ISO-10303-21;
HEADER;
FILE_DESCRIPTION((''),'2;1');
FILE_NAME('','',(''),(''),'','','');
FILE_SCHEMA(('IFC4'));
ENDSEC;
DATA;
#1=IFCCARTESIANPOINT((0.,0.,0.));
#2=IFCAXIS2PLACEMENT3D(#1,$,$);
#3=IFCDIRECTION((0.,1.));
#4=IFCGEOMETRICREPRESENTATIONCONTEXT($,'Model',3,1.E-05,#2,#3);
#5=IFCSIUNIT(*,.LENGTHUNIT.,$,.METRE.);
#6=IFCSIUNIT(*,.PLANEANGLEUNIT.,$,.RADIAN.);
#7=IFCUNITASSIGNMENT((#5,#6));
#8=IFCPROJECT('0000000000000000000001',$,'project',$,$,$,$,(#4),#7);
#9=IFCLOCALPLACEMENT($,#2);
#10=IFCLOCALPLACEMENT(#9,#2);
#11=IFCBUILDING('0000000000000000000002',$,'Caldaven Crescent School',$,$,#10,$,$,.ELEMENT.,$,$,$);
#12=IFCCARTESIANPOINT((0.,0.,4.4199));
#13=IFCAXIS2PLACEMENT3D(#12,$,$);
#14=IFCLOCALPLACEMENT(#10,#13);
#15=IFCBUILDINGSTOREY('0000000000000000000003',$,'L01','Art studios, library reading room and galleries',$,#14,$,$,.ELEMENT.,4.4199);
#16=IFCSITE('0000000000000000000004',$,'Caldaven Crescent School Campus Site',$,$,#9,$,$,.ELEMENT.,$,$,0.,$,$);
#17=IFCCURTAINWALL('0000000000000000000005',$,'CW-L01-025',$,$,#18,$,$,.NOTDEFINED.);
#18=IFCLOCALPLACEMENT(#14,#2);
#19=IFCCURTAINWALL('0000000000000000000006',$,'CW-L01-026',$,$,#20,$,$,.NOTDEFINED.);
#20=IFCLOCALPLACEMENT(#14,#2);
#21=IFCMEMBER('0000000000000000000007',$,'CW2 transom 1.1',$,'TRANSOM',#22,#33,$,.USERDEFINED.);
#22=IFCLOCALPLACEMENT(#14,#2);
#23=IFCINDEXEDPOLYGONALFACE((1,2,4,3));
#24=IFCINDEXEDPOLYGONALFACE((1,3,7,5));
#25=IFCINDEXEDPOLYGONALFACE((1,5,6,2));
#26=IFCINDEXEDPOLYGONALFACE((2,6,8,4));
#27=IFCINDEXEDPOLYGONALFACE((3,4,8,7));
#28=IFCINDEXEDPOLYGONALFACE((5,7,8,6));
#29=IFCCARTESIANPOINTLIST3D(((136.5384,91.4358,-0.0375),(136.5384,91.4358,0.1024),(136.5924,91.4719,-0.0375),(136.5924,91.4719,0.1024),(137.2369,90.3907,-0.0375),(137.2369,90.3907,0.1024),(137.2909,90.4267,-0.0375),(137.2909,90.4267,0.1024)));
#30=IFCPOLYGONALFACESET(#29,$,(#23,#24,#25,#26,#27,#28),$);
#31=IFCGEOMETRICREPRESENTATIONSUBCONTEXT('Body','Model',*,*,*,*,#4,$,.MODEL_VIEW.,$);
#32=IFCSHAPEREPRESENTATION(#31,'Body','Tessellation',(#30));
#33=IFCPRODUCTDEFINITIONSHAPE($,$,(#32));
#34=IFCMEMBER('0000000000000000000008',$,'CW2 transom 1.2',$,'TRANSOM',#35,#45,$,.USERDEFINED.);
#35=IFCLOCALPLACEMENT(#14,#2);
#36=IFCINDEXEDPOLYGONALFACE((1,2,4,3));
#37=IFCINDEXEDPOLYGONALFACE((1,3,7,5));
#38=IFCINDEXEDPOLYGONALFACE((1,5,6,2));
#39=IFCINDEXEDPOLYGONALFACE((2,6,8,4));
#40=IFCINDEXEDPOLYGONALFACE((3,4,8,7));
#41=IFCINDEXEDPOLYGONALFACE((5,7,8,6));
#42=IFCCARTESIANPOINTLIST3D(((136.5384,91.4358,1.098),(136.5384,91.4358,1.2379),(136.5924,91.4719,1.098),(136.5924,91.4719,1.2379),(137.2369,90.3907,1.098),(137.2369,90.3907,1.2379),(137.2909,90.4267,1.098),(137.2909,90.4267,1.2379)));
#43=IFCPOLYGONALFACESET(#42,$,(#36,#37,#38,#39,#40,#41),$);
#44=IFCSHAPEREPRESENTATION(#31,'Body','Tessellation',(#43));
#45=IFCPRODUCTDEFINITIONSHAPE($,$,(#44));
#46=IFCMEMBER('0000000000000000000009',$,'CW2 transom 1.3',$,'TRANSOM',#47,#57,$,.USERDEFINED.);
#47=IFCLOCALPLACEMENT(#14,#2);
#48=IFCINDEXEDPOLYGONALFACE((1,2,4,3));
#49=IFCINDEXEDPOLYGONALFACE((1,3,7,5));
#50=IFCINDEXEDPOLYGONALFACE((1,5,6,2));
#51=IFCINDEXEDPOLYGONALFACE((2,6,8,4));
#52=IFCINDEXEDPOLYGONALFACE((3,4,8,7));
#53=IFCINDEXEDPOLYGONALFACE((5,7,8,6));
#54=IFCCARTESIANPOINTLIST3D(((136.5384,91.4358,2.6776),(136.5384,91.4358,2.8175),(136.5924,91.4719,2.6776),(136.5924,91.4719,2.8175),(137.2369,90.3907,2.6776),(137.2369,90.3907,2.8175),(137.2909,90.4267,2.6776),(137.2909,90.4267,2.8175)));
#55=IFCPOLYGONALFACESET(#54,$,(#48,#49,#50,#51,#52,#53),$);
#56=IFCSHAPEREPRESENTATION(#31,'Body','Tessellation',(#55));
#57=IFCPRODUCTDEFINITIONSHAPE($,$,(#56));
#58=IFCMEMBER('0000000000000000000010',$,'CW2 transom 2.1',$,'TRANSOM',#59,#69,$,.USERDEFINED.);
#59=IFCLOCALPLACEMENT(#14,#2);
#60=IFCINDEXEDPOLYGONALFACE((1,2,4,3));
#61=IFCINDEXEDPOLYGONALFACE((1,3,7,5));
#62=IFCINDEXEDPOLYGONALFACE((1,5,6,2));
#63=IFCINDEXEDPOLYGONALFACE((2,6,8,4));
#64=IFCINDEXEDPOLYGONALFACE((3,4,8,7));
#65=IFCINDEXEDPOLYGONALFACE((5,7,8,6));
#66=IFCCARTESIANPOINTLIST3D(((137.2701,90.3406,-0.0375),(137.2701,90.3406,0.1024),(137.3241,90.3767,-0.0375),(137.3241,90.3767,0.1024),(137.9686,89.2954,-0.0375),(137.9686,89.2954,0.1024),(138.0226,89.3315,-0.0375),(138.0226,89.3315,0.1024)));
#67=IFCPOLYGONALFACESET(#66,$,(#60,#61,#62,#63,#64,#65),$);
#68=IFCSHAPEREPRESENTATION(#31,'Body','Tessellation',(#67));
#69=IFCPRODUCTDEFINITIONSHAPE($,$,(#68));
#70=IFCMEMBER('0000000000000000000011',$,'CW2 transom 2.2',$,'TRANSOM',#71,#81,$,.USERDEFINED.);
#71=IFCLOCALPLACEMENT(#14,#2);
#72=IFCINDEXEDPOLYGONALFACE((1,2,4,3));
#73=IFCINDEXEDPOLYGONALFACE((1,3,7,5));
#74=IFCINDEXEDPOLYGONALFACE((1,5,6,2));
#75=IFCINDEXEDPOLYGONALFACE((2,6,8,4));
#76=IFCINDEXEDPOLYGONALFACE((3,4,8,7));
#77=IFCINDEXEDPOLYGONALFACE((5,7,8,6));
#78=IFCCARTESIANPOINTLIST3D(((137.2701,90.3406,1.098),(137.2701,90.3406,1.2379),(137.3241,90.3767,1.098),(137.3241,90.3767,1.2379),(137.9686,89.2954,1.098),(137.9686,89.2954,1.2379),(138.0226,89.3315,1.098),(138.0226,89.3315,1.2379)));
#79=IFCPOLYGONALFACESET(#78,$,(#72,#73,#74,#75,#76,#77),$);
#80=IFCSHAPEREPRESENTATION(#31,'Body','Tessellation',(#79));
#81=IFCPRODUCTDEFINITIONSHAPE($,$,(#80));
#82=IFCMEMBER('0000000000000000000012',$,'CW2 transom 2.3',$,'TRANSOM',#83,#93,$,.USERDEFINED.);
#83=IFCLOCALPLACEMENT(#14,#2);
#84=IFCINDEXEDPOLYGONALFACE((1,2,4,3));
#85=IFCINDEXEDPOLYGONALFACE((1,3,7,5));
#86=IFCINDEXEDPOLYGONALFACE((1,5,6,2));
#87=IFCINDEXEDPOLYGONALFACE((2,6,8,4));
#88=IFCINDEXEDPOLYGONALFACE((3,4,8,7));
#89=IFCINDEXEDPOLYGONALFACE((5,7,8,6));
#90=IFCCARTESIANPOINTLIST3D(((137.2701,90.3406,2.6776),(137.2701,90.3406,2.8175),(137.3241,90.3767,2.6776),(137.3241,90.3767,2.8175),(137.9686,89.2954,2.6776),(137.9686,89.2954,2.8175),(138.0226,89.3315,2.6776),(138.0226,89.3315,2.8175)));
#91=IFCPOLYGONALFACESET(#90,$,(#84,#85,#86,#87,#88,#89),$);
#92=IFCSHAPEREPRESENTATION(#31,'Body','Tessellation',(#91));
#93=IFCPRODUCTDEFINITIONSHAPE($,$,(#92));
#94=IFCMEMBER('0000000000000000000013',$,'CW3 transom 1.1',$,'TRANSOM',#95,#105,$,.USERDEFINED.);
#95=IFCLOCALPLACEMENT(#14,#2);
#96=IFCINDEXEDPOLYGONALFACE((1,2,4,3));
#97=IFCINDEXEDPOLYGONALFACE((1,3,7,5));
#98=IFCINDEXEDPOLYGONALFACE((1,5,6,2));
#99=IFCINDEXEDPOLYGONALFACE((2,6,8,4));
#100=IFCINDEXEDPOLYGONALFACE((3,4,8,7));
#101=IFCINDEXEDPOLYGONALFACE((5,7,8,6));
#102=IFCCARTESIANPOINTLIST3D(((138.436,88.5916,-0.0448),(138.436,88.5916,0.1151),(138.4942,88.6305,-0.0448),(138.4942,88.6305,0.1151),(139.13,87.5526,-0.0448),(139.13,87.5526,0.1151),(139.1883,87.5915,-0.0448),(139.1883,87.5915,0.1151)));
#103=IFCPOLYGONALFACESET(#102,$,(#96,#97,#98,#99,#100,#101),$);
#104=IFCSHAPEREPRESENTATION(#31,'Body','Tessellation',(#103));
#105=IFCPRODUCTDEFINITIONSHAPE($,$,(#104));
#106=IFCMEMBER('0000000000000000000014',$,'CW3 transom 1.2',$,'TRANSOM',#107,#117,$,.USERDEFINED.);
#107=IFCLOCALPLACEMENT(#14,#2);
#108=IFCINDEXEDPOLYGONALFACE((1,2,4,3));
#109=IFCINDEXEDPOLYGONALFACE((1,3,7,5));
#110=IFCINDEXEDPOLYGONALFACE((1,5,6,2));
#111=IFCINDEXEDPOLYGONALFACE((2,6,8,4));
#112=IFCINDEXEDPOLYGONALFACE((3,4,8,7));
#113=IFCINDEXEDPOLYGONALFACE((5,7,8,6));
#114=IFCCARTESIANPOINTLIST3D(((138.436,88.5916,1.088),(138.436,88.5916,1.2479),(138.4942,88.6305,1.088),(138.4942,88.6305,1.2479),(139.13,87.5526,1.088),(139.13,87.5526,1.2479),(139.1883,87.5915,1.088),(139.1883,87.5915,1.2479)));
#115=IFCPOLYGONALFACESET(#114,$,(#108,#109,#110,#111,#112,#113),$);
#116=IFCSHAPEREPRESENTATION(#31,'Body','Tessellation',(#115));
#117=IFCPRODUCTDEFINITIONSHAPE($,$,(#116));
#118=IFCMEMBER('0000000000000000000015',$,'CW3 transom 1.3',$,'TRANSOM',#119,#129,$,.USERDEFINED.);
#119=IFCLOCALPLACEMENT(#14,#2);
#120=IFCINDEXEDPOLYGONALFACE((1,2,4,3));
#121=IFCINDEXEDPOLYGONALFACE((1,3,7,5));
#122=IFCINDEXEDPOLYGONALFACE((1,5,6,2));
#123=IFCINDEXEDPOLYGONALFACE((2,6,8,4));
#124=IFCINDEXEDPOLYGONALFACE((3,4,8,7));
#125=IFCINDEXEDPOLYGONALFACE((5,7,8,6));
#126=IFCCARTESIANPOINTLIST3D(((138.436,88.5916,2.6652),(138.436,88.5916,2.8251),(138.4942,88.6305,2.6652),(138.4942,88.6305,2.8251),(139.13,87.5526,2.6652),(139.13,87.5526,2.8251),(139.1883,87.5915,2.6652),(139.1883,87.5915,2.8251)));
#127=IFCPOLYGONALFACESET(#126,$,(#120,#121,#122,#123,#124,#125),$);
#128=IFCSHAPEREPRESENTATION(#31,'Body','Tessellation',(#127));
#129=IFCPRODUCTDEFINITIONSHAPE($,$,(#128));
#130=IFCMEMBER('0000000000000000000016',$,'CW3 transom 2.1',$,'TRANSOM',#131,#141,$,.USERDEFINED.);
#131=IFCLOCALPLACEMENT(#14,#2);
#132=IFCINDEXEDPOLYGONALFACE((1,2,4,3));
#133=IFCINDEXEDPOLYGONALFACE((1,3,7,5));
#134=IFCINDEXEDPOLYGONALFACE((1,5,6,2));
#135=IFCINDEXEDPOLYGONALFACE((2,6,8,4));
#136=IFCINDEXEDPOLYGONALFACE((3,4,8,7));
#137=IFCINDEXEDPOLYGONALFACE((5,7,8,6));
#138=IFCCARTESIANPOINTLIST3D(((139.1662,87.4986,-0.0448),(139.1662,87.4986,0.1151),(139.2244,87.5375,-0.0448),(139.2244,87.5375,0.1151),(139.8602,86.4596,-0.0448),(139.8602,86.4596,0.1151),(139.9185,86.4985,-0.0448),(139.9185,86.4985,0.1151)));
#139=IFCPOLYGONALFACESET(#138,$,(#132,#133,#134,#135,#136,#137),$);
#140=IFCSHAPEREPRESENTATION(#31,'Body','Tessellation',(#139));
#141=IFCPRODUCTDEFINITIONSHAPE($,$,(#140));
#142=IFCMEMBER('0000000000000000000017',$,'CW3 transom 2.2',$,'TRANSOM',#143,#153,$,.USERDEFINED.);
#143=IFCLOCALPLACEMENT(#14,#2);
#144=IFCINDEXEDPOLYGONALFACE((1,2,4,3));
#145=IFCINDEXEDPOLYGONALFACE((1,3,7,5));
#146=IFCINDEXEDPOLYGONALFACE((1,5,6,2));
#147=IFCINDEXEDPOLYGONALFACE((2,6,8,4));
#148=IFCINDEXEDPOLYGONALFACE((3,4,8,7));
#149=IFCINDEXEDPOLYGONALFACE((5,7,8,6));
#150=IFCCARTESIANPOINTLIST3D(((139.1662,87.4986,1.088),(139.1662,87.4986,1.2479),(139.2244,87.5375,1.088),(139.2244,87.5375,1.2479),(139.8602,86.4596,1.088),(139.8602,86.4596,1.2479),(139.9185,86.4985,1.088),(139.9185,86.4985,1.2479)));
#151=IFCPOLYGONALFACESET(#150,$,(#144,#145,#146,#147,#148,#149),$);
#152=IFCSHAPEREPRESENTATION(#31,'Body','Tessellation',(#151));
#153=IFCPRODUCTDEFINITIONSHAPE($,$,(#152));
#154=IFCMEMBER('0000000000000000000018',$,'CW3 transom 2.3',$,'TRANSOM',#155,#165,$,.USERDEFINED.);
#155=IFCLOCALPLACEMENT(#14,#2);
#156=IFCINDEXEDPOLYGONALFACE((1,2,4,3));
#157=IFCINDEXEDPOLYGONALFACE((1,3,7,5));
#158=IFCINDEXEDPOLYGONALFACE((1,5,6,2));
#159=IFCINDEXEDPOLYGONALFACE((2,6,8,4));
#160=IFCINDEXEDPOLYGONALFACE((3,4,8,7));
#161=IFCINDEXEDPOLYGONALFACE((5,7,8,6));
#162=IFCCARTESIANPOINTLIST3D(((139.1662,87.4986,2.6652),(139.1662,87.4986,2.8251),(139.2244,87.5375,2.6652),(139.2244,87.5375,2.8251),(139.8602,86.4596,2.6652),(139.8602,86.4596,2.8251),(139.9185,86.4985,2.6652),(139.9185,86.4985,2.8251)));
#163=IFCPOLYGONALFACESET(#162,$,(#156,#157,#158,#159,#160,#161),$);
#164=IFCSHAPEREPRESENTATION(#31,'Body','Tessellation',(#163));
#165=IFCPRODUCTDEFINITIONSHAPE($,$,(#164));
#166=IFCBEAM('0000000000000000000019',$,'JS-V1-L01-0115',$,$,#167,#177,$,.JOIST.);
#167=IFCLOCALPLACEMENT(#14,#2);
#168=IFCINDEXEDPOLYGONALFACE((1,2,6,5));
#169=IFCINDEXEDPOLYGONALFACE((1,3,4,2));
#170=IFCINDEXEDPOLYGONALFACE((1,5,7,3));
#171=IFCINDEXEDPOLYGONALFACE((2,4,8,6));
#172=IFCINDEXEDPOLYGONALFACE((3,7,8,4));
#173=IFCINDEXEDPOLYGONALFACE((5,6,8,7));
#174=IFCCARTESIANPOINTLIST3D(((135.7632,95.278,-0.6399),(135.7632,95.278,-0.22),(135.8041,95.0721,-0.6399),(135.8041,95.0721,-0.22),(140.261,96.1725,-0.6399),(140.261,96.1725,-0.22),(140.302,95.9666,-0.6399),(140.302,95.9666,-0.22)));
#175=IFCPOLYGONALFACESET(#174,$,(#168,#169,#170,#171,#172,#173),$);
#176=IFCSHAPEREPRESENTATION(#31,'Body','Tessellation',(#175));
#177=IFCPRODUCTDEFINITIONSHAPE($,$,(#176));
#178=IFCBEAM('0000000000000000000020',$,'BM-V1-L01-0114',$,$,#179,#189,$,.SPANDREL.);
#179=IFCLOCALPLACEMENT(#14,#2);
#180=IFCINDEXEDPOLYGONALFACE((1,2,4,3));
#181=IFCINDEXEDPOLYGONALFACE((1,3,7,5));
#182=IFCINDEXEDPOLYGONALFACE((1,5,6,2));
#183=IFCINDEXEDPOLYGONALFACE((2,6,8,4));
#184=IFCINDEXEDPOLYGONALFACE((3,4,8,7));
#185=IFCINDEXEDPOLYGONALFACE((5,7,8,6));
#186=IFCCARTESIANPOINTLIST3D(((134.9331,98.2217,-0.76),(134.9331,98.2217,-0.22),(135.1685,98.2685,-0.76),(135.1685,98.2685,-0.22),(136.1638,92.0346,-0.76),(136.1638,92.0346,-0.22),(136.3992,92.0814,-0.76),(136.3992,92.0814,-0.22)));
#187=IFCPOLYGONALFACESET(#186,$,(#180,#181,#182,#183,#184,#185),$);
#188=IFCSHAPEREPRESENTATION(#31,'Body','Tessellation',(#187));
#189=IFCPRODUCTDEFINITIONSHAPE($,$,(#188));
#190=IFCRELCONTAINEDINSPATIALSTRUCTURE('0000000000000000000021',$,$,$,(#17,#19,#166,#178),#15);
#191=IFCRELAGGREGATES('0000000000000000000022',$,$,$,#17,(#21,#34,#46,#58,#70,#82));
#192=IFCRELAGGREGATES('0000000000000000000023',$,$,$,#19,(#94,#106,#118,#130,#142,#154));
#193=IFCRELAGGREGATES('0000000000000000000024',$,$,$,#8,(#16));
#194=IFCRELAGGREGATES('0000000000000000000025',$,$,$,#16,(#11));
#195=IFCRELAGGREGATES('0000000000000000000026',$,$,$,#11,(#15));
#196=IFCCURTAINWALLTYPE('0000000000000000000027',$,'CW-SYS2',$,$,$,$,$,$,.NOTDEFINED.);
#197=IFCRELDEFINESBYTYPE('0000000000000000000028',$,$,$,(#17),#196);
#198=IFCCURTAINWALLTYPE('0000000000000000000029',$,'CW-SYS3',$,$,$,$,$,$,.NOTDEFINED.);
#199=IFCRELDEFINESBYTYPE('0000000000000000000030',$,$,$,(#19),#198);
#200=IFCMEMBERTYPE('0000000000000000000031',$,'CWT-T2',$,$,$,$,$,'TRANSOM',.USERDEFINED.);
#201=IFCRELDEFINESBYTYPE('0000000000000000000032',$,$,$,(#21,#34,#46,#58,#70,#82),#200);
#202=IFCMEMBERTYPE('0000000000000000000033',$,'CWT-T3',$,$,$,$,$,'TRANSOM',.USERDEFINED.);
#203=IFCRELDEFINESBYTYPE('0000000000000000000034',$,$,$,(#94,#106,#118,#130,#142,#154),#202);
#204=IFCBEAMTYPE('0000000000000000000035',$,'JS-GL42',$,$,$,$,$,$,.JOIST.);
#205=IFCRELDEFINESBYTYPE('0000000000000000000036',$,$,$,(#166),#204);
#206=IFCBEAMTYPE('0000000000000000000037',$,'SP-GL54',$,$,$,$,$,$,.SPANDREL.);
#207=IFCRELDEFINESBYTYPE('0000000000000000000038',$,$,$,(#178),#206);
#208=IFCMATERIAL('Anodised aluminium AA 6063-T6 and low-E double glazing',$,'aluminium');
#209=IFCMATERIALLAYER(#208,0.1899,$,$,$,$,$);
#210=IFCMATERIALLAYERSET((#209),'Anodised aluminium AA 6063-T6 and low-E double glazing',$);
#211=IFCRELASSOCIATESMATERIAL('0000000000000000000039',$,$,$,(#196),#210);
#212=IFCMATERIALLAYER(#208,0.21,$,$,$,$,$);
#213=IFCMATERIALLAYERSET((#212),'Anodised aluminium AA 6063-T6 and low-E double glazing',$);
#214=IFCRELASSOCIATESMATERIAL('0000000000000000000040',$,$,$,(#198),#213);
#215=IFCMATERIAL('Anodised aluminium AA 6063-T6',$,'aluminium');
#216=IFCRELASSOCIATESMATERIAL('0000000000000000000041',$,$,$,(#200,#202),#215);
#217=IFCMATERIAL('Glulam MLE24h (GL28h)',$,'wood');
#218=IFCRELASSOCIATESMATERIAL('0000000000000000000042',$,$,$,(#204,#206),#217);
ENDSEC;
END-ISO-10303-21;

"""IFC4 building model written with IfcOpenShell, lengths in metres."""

from ifc_helpers import new_model, si_unit, direction, frame, origin, origin_2d, place, context, subcontext, project, spatial, rectangle, extrude, material, layer, layer_set, material_profile, profile_set, type_object, element, aggregate, save


model = new_model("IFC4")

# Units and contexts
model_context = context("Model", 3, precision=1e-05, world=origin(), true_north=direction((0.0, 1.0)))
body_context = subcontext(model_context, "Body", "Model", "MODEL_VIEW")
ifc_project = project(units=[si_unit("LENGTHUNIT", "METRE"), si_unit("PLANEANGLEUNIT", "RADIAN")], contexts=[model_context])

# Site, building, storey
site_placement = place(None, origin())
site = spatial("IfcSite", under=ifc_project, at=site_placement, Name="Caldaven Crescent School Campus Site", CompositionType="ELEMENT", RefElevation=0.0)
building_placement = place(site_placement, origin())
building = spatial("IfcBuilding", under=site, at=building_placement, Name="Caldaven Crescent School", CompositionType="ELEMENT")
storey_placement = place(building_placement, frame((0.0, 0.0, 4.4199)))
storey = spatial("IfcBuildingStorey", under=building, at=storey_placement, Name="L01", Description="Art studios, library reading room and galleries", CompositionType="ELEMENT", Elevation=4.4199)

# Shared definitions
ifc_material_1 = material(Name="Glulam MLE24h (GL28h)", Category="wood")

# Curtain walls
ifc_material_2 = material(Name="Anodised aluminium AA 6063-T6 and low-E double glazing", Category="aluminium")
ifc_layer_1 = layer(ifc_material_2, 0.1899)
ifc_layer_set_1 = layer_set([ifc_layer_1], Name="Anodised aluminium AA 6063-T6 and low-E double glazing")
curtain_wall_type_1 = type_object("IfcCurtainWallType", Name="CW-SYS2", PredefinedType="NOTDEFINED", material=ifc_layer_set_1)
curtain_wall_1_placement = place(storey_placement, origin())
curtain_wall_1 = element("IfcCurtainWall", 1, at=curtain_wall_1_placement, inside=storey, type_object=curtain_wall_type_1, Name="CW-L01-025", PredefinedType="NOTDEFINED")
ifc_material_3 = material(Name="Anodised aluminium AA 6063-T6", Category="aluminium")
ifc_layer_2 = layer(ifc_material_2, 0.21)
ifc_layer_set_2 = layer_set([ifc_layer_2], Name="Anodised aluminium AA 6063-T6 and low-E double glazing")
curtain_wall_type_2 = type_object("IfcCurtainWallType", Name="CW-SYS3", PredefinedType="NOTDEFINED", material=ifc_layer_set_2)
curtain_wall_2_placement = place(storey_placement, origin())
curtain_wall_2 = element("IfcCurtainWall", 2, at=curtain_wall_2_placement, inside=storey, type_object=curtain_wall_type_2, Name="CW-L01-026", PredefinedType="NOTDEFINED")

# Members
ifc_material_profile_1 = material_profile(ifc_material_3, rectangle(XDim=0.0649, YDim=0.1399, at=origin_2d()), Name="CWT 65x140")
ifc_profile_set_1 = profile_set([ifc_material_profile_1], Name="Anodised aluminium AA 6063-T6")
member_type_1 = type_object("IfcMemberType", Name="CWT-T2", ElementType="TRANSOM", PredefinedType="USERDEFINED", material=ifc_profile_set_1)
member_1_placement = place(storey_placement, frame((136.5654, 91.4539, 0.0325), z_axis=(0.555641, -0.831422, 0.0), x_axis=(0.831422, 0.555641, 0.0)))
member_1 = element("IfcMember", 3, at=member_1_placement, type_object=member_type_1, Name="CW2 transom 1.1", ObjectType="TRANSOM", PredefinedType="USERDEFINED", context=body_context, shape_type="SweptSolid", body=[
    extrude(rectangle(XDim=0.0649, YDim=0.1399, at=origin_2d()), origin(), (0.0, 0.0, 1.0), 1.2571),
])
member_2_placement = place(storey_placement, frame((136.5654, 91.4539, 1.168), z_axis=(0.555641, -0.831422, 0.0), x_axis=(0.831422, 0.555641, 0.0)))
member_2 = element("IfcMember", 4, at=member_2_placement, type_object=member_type_1, Name="CW2 transom 1.2", ObjectType="TRANSOM", PredefinedType="USERDEFINED", context=body_context, shape_type="SweptSolid", body=[
    extrude(rectangle(XDim=0.0649, YDim=0.1399, at=origin_2d()), origin(), (0.0, 0.0, 1.0), 1.2571),
])
member_3_placement = place(storey_placement, frame((136.5654, 91.4539, 2.7476), z_axis=(0.555641, -0.831422, 0.0), x_axis=(0.831422, 0.555641, 0.0)))
member_3 = element("IfcMember", 5, at=member_3_placement, type_object=member_type_1, Name="CW2 transom 1.3", ObjectType="TRANSOM", PredefinedType="USERDEFINED", context=body_context, shape_type="SweptSolid", body=[
    extrude(rectangle(XDim=0.0649, YDim=0.1399, at=origin_2d()), origin(), (0.0, 0.0, 1.0), 1.2571),
])
member_4_placement = place(storey_placement, frame((137.2971, 90.3586, 0.0325), z_axis=(0.555641, -0.831422, 0.0), x_axis=(0.831422, 0.555641, 0.0)))
member_4 = element("IfcMember", 6, at=member_4_placement, type_object=member_type_1, Name="CW2 transom 2.1", ObjectType="TRANSOM", PredefinedType="USERDEFINED", context=body_context, shape_type="SweptSolid", body=[
    extrude(rectangle(XDim=0.0649, YDim=0.1399, at=origin_2d()), origin(), (0.0, 0.0, 1.0), 1.2571),
])
member_5_placement = place(storey_placement, frame((137.2971, 90.3586, 1.168), z_axis=(0.555641, -0.831422, 0.0), x_axis=(0.831422, 0.555641, 0.0)))
member_5 = element("IfcMember", 7, at=member_5_placement, type_object=member_type_1, Name="CW2 transom 2.2", ObjectType="TRANSOM", PredefinedType="USERDEFINED", context=body_context, shape_type="SweptSolid", body=[
    extrude(rectangle(XDim=0.0649, YDim=0.1399, at=origin_2d()), origin(), (0.0, 0.0, 1.0), 1.2571),
])
member_6_placement = place(storey_placement, frame((137.2971, 90.3586, 2.7476), z_axis=(0.555641, -0.831422, 0.0), x_axis=(0.831422, 0.555641, 0.0)))
member_6 = element("IfcMember", 8, at=member_6_placement, type_object=member_type_1, Name="CW2 transom 2.3", ObjectType="TRANSOM", PredefinedType="USERDEFINED", context=body_context, shape_type="SweptSolid", body=[
    extrude(rectangle(XDim=0.0649, YDim=0.1399, at=origin_2d()), origin(), (0.0, 0.0, 1.0), 1.2571),
])
ifc_material_profile_2 = material_profile(ifc_material_3, rectangle(XDim=0.0701, YDim=0.1599, at=origin_2d()), Name="CWT 70x160")
ifc_profile_set_2 = profile_set([ifc_material_profile_2], Name="Anodised aluminium AA 6063-T6")
member_type_2 = type_object("IfcMemberType", Name="CWT-T3", ElementType="TRANSOM", PredefinedType="USERDEFINED", material=ifc_profile_set_2)
member_7_placement = place(storey_placement, frame((138.4651, 88.6111, 0.0352), z_axis=(0.555466, -0.831539, 0.0), x_axis=(0.831539, 0.555466, 0.0)))
member_7 = element("IfcMember", 9, at=member_7_placement, type_object=member_type_2, Name="CW3 transom 1.1", ObjectType="TRANSOM", PredefinedType="USERDEFINED", context=body_context, shape_type="SweptSolid", body=[
    extrude(rectangle(XDim=0.0701, YDim=0.1599, at=origin_2d()), origin(), (0.0, 0.0, 1.0), 1.2495),
])
member_8_placement = place(storey_placement, frame((138.4651, 88.6111, 1.168), z_axis=(0.555466, -0.831539, 0.0), x_axis=(0.831539, 0.555466, 0.0)))
member_8 = element("IfcMember", 10, at=member_8_placement, type_object=member_type_2, Name="CW3 transom 1.2", ObjectType="TRANSOM", PredefinedType="USERDEFINED", context=body_context, shape_type="SweptSolid", body=[
    extrude(rectangle(XDim=0.0701, YDim=0.1599, at=origin_2d()), origin(), (0.0, 0.0, 1.0), 1.2495),
])
member_9_placement = place(storey_placement, frame((138.4651, 88.6111, 2.7451), z_axis=(0.555466, -0.831539, 0.0), x_axis=(0.831539, 0.555466, 0.0)))
member_9 = element("IfcMember", 11, at=member_9_placement, type_object=member_type_2, Name="CW3 transom 1.3", ObjectType="TRANSOM", PredefinedType="USERDEFINED", context=body_context, shape_type="SweptSolid", body=[
    extrude(rectangle(XDim=0.0701, YDim=0.1599, at=origin_2d()), origin(), (0.0, 0.0, 1.0), 1.2495),
])
member_10_placement = place(storey_placement, frame((139.1953, 87.5181, 0.0352), z_axis=(0.555466, -0.831539, 0.0), x_axis=(0.831539, 0.555466, 0.0)))
member_10 = element("IfcMember", 12, at=member_10_placement, type_object=member_type_2, Name="CW3 transom 2.1", ObjectType="TRANSOM", PredefinedType="USERDEFINED", context=body_context, shape_type="SweptSolid", body=[
    extrude(rectangle(XDim=0.0701, YDim=0.1599, at=origin_2d()), origin(), (0.0, 0.0, 1.0), 1.2495),
])
member_11_placement = place(storey_placement, frame((139.1953, 87.5181, 1.168), z_axis=(0.555466, -0.831539, 0.0), x_axis=(0.831539, 0.555466, 0.0)))
member_11 = element("IfcMember", 13, at=member_11_placement, type_object=member_type_2, Name="CW3 transom 2.2", ObjectType="TRANSOM", PredefinedType="USERDEFINED", context=body_context, shape_type="SweptSolid", body=[
    extrude(rectangle(XDim=0.0701, YDim=0.1599, at=origin_2d()), origin(), (0.0, 0.0, 1.0), 1.2495),
])
member_12_placement = place(storey_placement, frame((139.1953, 87.5181, 2.7451), z_axis=(0.555466, -0.831539, 0.0), x_axis=(0.831539, 0.555466, 0.0)))
member_12 = element("IfcMember", 14, at=member_12_placement, type_object=member_type_2, Name="CW3 transom 2.3", ObjectType="TRANSOM", PredefinedType="USERDEFINED", context=body_context, shape_type="SweptSolid", body=[
    extrude(rectangle(XDim=0.0701, YDim=0.1599, at=origin_2d()), origin(), (0.0, 0.0, 1.0), 1.2495),
])

# Beams
ifc_material_profile_3 = material_profile(ifc_material_1, rectangle(XDim=0.21, YDim=0.4199, at=origin_2d()), Name="MLE 210x420")
ifc_profile_set_3 = profile_set([ifc_material_profile_3], Name="Glulam MLE24h (GL28h)")
beam_type_1 = type_object("IfcBeamType", Name="JS-GL42", PredefinedType="JOIST", material=ifc_profile_set_3)
beam_1_placement = place(storey_placement, frame((140.2815, 96.0696, -0.4299), z_axis=(-0.980791, -0.195062, 0.0), x_axis=(0.195062, -0.980791, 0.0)))
element("IfcBeam", 15, at=beam_1_placement, inside=storey, type_object=beam_type_1, Name="JS-V1-L01-0115", PredefinedType="JOIST", context=body_context, shape_type="SweptSolid", body=[
    extrude(rectangle(XDim=0.21, YDim=0.4199, at=origin_2d()), origin(), (0.0, 0.0, 1.0), 4.5859),
])
ifc_material_profile_4 = material_profile(ifc_material_1, rectangle(XDim=0.24, YDim=0.54, at=origin_2d()), Name="MLE 240x540")
ifc_profile_set_4 = profile_set([ifc_material_profile_4], Name="Glulam MLE24h (GL28h)")
beam_type_2 = type_object("IfcBeamType", Name="SP-GL54", PredefinedType="SPANDREL", material=ifc_profile_set_4)
for number, where, z_axis, x_axis, name in (
    (16, (135.0508, 98.2451, -0.49), (0.195096, -0.980784, 0.0), (0.980784, 0.195096, 0.0), "BM-V1-L01-0114"),
):
    element("IfcBeam", number, at=place(storey_placement, frame(where, z_axis=z_axis, x_axis=x_axis)), inside=storey, type_object=beam_type_2, Name=name, PredefinedType="SPANDREL", context=body_context, shape_type="SweptSolid", body=[
        extrude(rectangle(XDim=0.24, YDim=0.54, at=origin_2d()), origin(), (0.0, 0.0, 1.0), 6.3083),
    ])

aggregate(curtain_wall_1, [member_1, member_2, member_3, member_4, member_5, member_6])
aggregate(curtain_wall_2, [member_7, member_8, member_9, member_10, member_11, member_12])

save(model, "model.ifc")
